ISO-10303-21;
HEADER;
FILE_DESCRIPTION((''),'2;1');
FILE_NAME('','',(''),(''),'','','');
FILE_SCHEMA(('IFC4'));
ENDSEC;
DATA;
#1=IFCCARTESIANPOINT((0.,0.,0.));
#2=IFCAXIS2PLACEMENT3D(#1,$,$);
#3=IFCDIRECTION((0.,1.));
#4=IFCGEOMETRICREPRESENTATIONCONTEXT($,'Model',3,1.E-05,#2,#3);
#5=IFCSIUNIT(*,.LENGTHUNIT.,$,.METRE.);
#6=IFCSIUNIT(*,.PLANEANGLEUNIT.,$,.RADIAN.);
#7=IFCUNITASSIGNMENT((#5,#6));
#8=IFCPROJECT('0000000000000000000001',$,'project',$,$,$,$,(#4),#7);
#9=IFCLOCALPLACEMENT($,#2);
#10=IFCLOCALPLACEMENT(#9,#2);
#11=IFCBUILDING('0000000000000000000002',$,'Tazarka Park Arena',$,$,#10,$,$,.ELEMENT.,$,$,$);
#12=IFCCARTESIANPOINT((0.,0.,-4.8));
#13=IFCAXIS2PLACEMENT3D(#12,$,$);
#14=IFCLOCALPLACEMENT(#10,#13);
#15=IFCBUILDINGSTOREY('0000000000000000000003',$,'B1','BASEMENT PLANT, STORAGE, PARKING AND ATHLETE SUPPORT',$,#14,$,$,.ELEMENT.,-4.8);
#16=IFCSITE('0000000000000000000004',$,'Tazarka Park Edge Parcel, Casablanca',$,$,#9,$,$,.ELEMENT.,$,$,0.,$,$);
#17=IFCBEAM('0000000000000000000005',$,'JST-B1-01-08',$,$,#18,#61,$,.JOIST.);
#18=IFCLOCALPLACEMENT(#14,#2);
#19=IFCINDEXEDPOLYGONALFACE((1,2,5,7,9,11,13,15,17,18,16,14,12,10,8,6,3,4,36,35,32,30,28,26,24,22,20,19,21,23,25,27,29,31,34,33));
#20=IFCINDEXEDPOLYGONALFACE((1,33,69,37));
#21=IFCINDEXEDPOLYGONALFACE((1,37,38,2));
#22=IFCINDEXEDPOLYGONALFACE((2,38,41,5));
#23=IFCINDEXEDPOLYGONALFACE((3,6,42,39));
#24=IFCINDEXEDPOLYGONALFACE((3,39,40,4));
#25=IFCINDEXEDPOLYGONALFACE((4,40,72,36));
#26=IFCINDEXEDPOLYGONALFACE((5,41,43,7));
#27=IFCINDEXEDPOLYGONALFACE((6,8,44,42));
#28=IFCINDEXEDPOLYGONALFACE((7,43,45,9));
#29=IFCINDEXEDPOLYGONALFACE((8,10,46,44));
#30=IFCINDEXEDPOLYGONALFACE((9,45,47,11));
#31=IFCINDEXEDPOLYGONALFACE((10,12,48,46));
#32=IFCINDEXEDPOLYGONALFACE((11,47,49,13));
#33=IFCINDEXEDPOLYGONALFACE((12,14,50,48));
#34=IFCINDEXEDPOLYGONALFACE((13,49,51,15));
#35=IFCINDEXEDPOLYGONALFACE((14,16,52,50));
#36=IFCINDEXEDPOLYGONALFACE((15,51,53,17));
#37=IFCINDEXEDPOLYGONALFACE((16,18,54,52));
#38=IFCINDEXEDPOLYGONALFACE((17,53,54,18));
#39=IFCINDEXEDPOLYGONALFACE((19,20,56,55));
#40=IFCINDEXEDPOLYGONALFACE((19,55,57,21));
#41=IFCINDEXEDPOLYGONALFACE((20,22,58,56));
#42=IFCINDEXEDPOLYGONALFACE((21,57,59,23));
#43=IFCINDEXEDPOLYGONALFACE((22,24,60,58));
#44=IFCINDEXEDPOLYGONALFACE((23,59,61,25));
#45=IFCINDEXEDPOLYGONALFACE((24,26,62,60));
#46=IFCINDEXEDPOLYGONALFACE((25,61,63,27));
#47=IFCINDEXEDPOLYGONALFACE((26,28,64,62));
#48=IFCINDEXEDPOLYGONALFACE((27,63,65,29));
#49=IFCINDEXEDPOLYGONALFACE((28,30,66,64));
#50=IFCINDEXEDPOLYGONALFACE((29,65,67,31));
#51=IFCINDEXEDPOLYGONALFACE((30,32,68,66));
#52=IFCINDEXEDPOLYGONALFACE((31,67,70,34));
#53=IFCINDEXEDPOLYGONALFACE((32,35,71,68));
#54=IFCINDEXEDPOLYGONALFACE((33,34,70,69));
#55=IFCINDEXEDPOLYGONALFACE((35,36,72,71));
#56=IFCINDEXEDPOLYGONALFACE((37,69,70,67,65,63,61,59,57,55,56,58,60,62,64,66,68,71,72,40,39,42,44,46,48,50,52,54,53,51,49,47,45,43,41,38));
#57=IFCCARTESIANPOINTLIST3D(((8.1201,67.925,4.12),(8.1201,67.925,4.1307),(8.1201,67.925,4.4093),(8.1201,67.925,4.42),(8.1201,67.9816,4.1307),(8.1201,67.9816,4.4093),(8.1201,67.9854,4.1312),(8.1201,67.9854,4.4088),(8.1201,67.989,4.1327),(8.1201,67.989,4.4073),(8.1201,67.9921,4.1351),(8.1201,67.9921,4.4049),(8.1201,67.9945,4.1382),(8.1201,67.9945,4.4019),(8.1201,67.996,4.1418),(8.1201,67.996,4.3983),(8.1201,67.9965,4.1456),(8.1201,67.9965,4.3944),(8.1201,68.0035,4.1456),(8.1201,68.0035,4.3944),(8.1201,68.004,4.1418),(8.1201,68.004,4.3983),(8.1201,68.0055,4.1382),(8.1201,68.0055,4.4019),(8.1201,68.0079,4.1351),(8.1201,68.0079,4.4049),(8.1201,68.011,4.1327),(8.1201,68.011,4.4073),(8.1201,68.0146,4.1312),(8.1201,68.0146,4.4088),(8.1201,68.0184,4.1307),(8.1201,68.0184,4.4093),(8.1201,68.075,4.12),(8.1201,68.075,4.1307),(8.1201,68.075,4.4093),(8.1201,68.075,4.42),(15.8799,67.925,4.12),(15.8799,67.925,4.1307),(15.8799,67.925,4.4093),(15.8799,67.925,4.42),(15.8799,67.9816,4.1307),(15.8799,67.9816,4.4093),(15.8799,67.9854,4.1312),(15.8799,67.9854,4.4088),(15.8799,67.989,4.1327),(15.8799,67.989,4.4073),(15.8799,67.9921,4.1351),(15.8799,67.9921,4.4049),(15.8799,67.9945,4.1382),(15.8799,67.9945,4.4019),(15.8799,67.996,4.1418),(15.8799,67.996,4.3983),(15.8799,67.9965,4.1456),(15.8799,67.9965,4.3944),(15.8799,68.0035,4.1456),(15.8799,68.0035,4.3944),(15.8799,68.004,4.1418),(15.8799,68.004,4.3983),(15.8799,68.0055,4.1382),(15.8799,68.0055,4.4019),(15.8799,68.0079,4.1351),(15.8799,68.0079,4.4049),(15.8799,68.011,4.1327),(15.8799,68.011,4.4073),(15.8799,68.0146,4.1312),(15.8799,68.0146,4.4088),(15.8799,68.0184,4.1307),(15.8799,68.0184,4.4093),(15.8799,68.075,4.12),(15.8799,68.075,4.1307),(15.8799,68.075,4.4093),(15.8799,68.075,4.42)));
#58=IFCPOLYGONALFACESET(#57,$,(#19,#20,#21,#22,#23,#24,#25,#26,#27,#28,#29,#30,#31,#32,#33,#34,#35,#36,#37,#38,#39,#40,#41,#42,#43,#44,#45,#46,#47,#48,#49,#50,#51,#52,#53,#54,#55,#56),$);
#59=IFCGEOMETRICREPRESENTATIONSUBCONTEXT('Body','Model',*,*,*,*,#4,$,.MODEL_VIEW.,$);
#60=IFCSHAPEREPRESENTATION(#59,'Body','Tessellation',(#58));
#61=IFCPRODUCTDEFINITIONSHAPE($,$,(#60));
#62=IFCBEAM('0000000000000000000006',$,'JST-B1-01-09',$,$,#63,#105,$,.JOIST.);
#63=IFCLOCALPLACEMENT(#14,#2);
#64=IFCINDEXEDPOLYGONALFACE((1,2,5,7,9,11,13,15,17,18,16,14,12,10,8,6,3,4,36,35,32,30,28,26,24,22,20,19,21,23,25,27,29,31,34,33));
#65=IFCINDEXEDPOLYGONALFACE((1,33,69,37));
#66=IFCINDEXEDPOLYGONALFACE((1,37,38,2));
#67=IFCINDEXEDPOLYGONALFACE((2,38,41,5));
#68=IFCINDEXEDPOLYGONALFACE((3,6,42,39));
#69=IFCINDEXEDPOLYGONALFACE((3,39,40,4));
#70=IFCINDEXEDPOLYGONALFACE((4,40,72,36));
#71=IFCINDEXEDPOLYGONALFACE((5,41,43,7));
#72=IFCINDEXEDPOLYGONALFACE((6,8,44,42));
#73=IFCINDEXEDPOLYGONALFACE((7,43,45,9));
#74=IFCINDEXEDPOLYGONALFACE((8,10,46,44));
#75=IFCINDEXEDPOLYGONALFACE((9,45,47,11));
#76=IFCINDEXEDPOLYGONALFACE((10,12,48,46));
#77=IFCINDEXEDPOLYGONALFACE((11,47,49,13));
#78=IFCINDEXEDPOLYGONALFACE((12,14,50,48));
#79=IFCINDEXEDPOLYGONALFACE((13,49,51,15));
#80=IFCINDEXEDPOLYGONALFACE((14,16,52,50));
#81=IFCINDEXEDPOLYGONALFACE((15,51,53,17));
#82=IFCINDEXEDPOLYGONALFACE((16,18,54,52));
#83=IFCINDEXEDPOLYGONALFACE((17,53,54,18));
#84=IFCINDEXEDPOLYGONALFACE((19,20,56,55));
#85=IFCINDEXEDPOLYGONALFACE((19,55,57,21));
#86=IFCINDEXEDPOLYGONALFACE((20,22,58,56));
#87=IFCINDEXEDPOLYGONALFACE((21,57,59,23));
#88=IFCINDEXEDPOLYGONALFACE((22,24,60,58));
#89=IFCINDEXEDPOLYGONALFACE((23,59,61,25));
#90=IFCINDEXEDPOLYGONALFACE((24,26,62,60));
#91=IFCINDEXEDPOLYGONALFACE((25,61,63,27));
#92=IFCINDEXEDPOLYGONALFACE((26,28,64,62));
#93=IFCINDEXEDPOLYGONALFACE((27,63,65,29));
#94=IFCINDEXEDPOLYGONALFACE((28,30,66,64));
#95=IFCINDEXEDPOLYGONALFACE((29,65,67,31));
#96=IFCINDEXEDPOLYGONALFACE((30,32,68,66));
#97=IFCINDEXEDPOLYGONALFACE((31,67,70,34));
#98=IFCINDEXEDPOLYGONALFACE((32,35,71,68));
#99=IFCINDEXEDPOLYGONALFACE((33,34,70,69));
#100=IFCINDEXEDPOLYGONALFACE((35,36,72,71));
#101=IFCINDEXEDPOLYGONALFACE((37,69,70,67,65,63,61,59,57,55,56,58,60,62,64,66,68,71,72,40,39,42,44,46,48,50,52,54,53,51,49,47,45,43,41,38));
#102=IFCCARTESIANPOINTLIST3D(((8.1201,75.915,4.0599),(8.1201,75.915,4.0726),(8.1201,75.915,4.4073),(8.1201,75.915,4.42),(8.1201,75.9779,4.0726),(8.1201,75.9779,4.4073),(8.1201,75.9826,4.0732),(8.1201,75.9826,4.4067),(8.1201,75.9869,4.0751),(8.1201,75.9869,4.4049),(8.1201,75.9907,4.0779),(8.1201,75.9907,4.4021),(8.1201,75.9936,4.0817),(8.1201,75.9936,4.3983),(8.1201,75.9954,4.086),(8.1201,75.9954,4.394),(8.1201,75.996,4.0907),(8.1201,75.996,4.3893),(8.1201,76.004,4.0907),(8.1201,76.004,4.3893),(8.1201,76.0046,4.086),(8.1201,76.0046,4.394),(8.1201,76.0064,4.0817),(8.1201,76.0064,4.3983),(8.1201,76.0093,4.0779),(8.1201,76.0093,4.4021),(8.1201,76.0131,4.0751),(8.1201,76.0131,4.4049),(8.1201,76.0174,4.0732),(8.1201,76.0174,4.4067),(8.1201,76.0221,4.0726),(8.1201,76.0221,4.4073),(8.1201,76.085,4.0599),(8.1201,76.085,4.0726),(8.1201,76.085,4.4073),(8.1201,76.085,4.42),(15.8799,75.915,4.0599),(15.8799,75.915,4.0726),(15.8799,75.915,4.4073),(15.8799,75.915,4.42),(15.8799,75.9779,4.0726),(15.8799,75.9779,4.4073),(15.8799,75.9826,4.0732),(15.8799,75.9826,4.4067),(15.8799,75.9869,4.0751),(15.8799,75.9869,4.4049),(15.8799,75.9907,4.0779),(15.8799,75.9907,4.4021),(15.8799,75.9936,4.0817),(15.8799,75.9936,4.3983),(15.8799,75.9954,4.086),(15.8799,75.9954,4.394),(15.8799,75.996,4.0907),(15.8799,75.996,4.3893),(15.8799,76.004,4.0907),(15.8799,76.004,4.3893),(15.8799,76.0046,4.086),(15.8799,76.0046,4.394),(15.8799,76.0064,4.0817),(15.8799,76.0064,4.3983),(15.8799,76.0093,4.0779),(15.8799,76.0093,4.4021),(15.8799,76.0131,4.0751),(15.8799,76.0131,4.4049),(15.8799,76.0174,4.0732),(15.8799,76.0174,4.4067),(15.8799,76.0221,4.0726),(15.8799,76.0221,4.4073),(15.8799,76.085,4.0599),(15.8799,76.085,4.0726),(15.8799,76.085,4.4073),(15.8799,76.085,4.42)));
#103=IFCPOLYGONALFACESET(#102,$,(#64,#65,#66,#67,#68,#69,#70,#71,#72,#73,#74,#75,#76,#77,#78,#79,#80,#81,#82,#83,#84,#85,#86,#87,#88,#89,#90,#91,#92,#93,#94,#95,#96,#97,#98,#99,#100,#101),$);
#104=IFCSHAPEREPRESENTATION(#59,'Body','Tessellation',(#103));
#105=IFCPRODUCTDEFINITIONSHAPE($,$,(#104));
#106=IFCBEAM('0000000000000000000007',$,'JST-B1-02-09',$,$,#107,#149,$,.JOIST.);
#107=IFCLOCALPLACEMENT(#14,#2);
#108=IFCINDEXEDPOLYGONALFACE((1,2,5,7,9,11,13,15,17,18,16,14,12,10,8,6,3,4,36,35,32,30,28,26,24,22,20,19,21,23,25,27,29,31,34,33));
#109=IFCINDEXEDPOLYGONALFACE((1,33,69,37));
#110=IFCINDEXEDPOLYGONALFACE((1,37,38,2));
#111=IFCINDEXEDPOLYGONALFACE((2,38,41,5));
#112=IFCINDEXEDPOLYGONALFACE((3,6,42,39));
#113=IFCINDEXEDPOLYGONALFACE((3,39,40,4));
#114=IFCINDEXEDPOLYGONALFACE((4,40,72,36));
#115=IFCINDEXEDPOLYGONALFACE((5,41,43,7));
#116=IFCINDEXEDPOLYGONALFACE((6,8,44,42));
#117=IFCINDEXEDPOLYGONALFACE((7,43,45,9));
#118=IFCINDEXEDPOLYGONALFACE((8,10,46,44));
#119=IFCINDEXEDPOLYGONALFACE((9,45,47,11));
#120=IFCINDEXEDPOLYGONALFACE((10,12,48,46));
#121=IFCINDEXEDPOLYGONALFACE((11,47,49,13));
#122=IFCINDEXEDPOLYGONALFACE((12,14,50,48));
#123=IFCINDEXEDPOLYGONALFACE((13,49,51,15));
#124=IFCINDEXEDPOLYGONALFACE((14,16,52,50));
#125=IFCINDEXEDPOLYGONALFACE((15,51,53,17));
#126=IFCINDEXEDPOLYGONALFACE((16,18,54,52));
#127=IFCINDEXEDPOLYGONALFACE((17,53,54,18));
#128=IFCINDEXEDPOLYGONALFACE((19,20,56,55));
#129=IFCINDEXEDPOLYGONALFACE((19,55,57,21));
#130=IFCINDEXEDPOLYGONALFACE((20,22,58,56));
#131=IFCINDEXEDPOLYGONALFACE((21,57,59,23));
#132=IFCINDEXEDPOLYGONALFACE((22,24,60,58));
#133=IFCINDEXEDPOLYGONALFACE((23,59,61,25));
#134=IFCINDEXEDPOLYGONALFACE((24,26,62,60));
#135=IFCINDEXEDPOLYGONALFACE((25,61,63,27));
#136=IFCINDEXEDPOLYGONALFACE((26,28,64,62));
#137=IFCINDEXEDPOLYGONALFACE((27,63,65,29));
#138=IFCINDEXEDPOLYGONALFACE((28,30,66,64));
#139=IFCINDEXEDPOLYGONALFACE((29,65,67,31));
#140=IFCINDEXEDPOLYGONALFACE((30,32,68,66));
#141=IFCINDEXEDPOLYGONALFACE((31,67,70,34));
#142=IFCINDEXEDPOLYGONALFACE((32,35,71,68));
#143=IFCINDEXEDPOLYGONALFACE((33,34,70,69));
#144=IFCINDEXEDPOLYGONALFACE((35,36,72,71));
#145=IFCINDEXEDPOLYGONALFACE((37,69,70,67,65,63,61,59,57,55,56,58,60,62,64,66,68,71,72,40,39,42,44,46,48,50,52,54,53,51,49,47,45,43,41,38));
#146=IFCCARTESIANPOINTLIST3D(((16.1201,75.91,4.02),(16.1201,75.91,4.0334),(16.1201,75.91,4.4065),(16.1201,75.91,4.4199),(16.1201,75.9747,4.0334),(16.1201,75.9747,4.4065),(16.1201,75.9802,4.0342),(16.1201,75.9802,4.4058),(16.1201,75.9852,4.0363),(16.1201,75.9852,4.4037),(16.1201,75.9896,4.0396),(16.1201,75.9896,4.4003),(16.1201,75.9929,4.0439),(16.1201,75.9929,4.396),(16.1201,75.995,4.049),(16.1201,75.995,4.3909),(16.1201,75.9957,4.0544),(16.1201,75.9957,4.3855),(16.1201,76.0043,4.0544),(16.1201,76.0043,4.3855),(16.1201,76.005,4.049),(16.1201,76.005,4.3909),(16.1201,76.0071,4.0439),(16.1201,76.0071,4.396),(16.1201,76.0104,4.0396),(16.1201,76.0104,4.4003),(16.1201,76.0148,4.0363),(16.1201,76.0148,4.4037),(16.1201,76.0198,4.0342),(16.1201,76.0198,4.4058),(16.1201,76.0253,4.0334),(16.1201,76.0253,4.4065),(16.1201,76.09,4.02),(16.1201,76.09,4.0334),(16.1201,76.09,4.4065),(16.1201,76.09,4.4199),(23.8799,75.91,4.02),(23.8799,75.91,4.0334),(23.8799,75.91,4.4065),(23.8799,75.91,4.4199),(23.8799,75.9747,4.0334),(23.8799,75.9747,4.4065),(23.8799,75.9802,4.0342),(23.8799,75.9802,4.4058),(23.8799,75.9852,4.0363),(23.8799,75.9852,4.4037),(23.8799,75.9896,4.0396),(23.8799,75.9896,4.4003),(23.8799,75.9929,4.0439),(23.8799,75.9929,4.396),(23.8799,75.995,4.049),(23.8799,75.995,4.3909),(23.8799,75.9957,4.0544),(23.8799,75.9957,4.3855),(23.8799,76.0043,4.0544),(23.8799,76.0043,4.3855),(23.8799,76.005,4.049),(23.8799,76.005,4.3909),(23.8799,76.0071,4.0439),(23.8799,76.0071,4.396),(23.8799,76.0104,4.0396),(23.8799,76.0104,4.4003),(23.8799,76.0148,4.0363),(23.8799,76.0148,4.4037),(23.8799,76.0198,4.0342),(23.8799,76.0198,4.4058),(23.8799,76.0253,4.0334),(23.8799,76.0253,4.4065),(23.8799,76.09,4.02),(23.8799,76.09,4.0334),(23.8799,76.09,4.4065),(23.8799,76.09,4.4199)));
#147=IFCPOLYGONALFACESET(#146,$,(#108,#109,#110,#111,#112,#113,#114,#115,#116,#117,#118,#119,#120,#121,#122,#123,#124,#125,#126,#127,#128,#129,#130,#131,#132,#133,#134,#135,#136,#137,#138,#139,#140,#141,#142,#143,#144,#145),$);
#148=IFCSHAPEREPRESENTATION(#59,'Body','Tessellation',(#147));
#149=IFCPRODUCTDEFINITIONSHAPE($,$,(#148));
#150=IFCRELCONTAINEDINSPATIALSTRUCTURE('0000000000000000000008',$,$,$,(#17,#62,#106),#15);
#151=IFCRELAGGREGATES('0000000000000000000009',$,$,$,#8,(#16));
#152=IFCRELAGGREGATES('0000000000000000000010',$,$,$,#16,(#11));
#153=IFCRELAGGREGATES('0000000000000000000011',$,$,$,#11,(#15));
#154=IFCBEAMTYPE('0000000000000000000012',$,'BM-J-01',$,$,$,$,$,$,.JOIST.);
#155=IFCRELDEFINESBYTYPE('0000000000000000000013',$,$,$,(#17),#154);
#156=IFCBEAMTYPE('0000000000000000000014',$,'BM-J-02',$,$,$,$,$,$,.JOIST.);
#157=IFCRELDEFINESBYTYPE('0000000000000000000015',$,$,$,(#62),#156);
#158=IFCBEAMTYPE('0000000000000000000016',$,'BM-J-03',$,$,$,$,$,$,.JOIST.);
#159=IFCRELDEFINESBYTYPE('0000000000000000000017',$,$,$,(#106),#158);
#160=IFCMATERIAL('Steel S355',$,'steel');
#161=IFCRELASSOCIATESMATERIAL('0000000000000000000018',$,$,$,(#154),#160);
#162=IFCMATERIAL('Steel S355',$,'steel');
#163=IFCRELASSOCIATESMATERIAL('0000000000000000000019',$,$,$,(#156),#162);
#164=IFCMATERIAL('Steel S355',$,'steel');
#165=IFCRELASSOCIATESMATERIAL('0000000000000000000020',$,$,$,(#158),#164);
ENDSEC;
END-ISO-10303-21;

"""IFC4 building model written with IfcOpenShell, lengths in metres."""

from ifc_helpers import new_model, si_unit, direction, frame, origin, origin_2d, place, context, subcontext, project, spatial, i_section, extrude, material, material_profile, profile_set, type_object, element, save


model = new_model("IFC4")

# Units and contexts
model_context = context("Model", 3, precision=1e-05, world=origin(), true_north=direction((0.0, 1.0)))
body_context = subcontext(model_context, "Body", "Model", "MODEL_VIEW")
ifc_project = project(units=[si_unit("LENGTHUNIT", "METRE"), si_unit("PLANEANGLEUNIT", "RADIAN")], contexts=[model_context])

# Site, building, storey
site_placement = place(None, origin())
site = spatial("IfcSite", under=ifc_project, at=site_placement, Name="Tazarka Park Edge Parcel, Casablanca", CompositionType="ELEMENT", RefElevation=0.0)
building_placement = place(site_placement, origin())
building = spatial("IfcBuilding", under=site, at=building_placement, Name="Tazarka Park Arena", CompositionType="ELEMENT")
storey_placement = place(building_placement, frame((0.0, 0.0, -4.8)))
storey = spatial("IfcBuildingStorey", under=building, at=storey_placement, Name="B1", Description="BASEMENT PLANT, STORAGE, PARKING AND ATHLETE SUPPORT", CompositionType="ELEMENT", Elevation=-4.8)

# Beams
ifc_material_1 = material(Name="Steel S355", Category="steel")
ifc_material_profile_1 = material_profile(ifc_material_1, i_section(OverallWidth=0.1499, OverallDepth=0.3, WebThickness=0.0071, FlangeThickness=0.0107, FilletRadius=0.0149, at=origin_2d()), Name="Steel S355")
ifc_profile_set_1 = profile_set([ifc_material_profile_1], Name="Steel S355")
beam_type_1 = type_object("IfcBeamType", Name="BM-J-01", PredefinedType="JOIST", material=ifc_profile_set_1)
beam_1_placement = place(storey_placement, frame((8.1201, 68.0, 4.27), z_axis=(1.0, 0.0, 0.0), x_axis=(0.0, 1.0, 0.0)))
element("IfcBeam", 1, at=beam_1_placement, inside=storey, type_object=beam_type_1, Name="JST-B1-01-08", PredefinedType="JOIST", context=body_context, shape_type="SweptSolid", body=[
    extrude(i_section(OverallWidth=0.1499, OverallDepth=0.3, WebThickness=0.0071, FlangeThickness=0.0107, FilletRadius=0.0149, at=origin_2d()), origin(), (0.0, 0.0, 1.0), 7.7598),
])
ifc_material_2 = material(Name="Steel S355", Category="steel")
ifc_material_profile_2 = material_profile(ifc_material_2, i_section(OverallWidth=0.1699, OverallDepth=0.3601, WebThickness=0.0081, FlangeThickness=0.0127, FilletRadius=0.0181, at=origin_2d()), Name="Steel S355")
ifc_profile_set_2 = profile_set([ifc_material_profile_2], Name="Steel S355")
beam_type_2 = type_object("IfcBeamType", Name="BM-J-02", PredefinedType="JOIST", material=ifc_profile_set_2)
beam_2_placement = place(storey_placement, frame((8.1201, 76.0, 4.24), z_axis=(1.0, 0.0, 0.0), x_axis=(0.0, 1.0, 0.0)))
element("IfcBeam", 2, at=beam_2_placement, inside=storey, type_object=beam_type_2, Name="JST-B1-01-09", PredefinedType="JOIST", context=body_context, shape_type="SweptSolid", body=[
    extrude(i_section(OverallWidth=0.1699, OverallDepth=0.3601, WebThickness=0.0081, FlangeThickness=0.0127, FilletRadius=0.0181, at=origin_2d()), origin(), (0.0, 0.0, 1.0), 7.7598),
])
ifc_material_3 = material(Name="Steel S355", Category="steel")
ifc_material_profile_3 = material_profile(ifc_material_3, i_section(OverallWidth=0.1799, OverallDepth=0.3999, WebThickness=0.0085, FlangeThickness=0.0134, FilletRadius=0.021, at=origin_2d()), Name="Steel S355")
ifc_profile_set_3 = profile_set([ifc_material_profile_3], Name="Steel S355")
beam_type_3 = type_object("IfcBeamType", Name="BM-J-03", PredefinedType="JOIST", material=ifc_profile_set_3)
beam_3_placement = place(storey_placement, frame((16.1201, 76.0, 4.22), z_axis=(1.0, 0.0, 0.0), x_axis=(0.0, 1.0, 0.0)))
element("IfcBeam", 3, at=beam_3_placement, inside=storey, type_object=beam_type_3, Name="JST-B1-02-09", PredefinedType="JOIST", context=body_context, shape_type="SweptSolid", body=[
    extrude(i_section(OverallWidth=0.1799, OverallDepth=0.3999, WebThickness=0.0085, FlangeThickness=0.0134, FilletRadius=0.021, at=origin_2d()), origin(), (0.0, 0.0, 1.0), 7.7598),
])

save(model, "model.ifc")
